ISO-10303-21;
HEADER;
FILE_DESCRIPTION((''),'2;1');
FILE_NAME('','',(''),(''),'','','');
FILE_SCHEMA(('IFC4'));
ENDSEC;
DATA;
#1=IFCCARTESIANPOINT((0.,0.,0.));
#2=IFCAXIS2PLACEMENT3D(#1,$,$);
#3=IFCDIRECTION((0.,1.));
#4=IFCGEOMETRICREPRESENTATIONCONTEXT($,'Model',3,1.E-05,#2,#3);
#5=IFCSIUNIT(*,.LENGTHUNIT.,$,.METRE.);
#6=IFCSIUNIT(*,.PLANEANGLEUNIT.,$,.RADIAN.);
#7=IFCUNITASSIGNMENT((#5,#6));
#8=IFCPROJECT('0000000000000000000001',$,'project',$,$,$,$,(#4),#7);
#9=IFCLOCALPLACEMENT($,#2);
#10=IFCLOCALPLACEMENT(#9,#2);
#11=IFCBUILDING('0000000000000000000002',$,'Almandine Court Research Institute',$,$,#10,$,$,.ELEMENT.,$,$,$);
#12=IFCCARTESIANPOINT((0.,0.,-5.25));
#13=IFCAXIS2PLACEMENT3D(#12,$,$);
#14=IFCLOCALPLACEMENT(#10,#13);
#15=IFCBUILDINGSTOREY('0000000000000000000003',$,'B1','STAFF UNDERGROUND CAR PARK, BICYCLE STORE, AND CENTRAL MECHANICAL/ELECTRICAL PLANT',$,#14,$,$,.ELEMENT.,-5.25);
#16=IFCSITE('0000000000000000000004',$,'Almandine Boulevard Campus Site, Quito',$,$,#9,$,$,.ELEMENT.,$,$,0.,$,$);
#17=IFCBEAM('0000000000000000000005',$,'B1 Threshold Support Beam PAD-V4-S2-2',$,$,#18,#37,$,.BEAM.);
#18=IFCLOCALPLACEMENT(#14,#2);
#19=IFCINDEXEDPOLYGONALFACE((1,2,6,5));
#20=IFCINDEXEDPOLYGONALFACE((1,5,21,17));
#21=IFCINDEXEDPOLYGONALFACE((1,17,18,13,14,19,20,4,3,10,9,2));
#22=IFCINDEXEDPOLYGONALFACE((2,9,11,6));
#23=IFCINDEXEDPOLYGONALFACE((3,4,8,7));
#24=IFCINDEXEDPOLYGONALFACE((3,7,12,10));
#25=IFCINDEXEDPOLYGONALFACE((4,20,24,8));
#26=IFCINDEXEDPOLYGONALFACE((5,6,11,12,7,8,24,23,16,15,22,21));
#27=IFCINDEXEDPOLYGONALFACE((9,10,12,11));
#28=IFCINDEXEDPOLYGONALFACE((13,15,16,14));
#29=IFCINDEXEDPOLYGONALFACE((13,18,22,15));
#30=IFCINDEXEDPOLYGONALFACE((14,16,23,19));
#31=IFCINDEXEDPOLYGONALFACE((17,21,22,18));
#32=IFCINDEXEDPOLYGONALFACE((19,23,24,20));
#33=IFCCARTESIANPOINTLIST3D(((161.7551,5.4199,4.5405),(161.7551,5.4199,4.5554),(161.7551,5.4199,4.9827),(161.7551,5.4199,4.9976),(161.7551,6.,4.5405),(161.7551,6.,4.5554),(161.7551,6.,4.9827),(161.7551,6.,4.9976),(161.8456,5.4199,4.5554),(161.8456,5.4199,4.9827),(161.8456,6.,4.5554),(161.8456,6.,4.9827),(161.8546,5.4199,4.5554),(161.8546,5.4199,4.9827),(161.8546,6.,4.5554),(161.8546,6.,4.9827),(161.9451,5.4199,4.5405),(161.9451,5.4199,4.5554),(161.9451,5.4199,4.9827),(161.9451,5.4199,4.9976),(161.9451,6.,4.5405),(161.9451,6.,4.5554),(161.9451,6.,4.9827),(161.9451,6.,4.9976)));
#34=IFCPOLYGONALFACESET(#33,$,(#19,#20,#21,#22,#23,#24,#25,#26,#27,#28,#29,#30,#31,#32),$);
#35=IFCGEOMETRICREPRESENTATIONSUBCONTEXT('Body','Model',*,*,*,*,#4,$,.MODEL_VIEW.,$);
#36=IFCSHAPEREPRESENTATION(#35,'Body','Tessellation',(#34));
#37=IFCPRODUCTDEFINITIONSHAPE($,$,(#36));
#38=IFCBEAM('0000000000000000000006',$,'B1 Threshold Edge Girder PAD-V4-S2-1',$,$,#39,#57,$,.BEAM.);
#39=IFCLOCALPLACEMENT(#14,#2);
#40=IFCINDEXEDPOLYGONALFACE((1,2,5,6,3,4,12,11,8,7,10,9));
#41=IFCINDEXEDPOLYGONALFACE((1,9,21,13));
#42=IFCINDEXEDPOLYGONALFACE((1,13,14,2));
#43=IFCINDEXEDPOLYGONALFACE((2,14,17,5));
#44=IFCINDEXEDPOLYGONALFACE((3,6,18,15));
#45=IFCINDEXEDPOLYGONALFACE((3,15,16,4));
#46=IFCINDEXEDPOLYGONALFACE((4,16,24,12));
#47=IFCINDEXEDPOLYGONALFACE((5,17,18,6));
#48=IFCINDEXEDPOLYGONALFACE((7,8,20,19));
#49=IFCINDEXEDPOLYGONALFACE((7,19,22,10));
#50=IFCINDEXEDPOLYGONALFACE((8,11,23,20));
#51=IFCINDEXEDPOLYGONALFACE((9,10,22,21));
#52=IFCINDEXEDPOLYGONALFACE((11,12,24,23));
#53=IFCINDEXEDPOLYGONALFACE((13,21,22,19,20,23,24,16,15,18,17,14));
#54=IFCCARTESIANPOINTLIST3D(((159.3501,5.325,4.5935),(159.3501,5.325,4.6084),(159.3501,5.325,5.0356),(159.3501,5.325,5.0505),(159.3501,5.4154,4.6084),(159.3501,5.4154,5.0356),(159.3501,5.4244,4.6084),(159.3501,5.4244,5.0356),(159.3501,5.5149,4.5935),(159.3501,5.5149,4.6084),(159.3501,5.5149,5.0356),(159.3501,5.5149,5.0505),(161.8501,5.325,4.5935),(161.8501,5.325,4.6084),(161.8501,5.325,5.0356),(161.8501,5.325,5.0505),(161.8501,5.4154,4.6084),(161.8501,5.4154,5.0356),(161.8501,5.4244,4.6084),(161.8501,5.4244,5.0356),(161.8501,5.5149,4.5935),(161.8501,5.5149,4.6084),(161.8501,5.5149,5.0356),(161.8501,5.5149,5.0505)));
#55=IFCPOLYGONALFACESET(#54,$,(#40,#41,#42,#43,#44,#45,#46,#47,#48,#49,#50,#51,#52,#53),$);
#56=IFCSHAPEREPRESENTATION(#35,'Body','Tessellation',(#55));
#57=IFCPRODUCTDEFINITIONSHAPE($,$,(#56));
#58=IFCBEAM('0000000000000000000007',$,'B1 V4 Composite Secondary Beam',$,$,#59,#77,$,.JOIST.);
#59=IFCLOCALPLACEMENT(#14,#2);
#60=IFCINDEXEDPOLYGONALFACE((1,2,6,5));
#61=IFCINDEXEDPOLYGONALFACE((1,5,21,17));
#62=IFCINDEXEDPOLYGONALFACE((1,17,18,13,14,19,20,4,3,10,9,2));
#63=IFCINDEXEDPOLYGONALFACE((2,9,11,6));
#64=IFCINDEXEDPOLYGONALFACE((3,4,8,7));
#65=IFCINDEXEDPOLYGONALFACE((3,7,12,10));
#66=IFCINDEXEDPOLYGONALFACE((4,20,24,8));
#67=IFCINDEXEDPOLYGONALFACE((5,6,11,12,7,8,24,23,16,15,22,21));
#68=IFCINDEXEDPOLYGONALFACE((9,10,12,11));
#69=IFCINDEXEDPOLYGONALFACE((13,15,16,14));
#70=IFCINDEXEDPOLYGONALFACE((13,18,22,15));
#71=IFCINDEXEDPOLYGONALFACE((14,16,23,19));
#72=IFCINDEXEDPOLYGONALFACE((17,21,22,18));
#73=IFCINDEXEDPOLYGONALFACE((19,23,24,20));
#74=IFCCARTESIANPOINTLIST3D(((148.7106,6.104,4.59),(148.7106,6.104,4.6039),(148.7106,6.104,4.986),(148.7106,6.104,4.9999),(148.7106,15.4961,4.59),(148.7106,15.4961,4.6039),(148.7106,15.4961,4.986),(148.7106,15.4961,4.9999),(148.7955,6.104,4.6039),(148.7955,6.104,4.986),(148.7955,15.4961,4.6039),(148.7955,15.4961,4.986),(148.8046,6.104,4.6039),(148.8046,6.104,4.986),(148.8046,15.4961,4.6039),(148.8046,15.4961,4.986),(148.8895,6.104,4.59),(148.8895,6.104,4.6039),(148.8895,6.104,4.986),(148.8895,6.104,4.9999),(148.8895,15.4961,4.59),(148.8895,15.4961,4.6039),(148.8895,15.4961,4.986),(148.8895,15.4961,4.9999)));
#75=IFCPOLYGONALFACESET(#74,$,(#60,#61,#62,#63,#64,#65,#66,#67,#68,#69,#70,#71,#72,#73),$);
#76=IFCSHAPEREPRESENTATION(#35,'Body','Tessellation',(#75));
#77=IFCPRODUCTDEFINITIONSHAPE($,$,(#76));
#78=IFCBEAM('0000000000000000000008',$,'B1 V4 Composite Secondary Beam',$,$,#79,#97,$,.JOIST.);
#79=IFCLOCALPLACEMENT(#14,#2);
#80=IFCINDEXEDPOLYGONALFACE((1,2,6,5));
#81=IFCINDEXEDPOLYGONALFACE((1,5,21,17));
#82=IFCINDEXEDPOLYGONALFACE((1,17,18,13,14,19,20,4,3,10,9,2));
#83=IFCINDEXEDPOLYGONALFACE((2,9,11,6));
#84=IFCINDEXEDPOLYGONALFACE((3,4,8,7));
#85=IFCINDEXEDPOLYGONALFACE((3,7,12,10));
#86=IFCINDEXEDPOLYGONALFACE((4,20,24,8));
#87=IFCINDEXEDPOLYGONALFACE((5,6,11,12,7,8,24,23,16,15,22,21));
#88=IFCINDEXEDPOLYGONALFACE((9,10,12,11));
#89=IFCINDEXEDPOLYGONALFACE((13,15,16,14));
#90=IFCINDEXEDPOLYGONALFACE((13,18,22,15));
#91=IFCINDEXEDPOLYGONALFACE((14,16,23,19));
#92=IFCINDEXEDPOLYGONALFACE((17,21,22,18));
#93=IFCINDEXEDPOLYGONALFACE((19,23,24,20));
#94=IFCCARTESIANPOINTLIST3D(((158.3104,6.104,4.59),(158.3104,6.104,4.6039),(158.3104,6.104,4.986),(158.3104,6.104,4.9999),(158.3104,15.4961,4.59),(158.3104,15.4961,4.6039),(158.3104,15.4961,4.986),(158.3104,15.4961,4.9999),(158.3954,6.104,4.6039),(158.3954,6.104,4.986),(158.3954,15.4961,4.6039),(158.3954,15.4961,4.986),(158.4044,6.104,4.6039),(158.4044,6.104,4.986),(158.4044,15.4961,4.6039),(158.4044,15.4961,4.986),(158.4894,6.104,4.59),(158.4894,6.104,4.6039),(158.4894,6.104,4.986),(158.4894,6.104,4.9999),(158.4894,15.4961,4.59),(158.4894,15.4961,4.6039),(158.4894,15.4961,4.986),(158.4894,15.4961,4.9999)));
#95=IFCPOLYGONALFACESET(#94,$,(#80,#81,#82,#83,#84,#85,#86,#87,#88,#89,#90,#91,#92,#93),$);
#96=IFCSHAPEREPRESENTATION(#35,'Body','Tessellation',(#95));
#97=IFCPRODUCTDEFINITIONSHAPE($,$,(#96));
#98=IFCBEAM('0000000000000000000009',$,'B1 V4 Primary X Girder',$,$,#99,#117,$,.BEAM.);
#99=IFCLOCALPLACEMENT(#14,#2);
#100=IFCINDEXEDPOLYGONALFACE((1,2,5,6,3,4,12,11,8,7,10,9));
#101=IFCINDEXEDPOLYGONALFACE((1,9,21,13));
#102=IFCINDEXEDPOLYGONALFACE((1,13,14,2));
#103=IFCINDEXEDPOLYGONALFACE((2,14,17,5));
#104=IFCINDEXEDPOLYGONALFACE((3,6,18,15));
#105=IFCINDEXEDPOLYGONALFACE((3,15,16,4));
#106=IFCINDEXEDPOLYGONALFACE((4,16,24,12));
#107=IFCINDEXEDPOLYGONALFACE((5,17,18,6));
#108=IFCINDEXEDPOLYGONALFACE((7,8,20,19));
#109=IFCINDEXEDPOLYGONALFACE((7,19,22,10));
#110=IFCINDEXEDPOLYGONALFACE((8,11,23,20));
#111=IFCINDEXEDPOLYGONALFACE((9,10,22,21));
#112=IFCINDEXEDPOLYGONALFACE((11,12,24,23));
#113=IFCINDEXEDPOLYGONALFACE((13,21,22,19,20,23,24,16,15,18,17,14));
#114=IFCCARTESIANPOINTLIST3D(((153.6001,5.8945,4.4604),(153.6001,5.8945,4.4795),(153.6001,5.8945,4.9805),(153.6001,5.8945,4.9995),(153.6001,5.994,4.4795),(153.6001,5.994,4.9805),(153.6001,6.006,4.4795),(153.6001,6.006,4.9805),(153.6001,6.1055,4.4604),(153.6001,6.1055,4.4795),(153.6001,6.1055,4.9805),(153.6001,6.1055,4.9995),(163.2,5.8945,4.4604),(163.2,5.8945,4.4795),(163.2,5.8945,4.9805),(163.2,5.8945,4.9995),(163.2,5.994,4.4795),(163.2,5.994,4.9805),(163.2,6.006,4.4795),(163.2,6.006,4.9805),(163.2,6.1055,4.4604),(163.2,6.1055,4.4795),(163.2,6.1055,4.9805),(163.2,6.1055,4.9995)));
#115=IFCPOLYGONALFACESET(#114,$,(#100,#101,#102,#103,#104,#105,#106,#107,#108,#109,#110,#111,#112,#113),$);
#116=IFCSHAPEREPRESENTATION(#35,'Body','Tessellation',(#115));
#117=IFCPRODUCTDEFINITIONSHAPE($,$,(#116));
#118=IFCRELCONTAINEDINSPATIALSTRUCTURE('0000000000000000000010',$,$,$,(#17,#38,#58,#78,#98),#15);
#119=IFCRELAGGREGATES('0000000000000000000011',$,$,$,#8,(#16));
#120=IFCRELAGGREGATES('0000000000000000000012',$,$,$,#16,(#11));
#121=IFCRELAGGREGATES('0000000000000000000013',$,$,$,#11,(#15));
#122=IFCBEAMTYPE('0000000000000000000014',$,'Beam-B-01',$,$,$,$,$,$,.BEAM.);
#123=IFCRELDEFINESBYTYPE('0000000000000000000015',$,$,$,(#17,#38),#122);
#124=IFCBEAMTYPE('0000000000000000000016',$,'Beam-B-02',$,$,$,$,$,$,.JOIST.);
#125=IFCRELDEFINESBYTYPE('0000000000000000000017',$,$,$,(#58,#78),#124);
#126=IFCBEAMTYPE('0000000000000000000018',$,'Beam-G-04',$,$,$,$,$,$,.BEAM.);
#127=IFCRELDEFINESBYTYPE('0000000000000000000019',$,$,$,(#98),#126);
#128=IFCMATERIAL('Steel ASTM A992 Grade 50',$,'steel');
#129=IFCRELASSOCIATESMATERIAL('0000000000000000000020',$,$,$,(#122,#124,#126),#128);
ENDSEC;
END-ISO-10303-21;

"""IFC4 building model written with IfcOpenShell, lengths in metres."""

from ifc_helpers import new_model, si_unit, direction, frame, origin, origin_2d, place, context, subcontext, project, spatial, i_section, extrude, material, material_profile, profile_set, type_object, element, save


model = new_model("IFC4")

# Units and contexts
model_context = context("Model", 3, precision=1e-05, world=origin(), true_north=direction((0.0, 1.0)))
body_context = subcontext(model_context, "Body", "Model", "MODEL_VIEW")
ifc_project = project(units=[si_unit("LENGTHUNIT", "METRE"), si_unit("PLANEANGLEUNIT", "RADIAN")], contexts=[model_context])

# Site, building, storey
site_placement = place(None, origin())
site = spatial("IfcSite", under=ifc_project, at=site_placement, Name="Almandine Boulevard Campus Site, Quito", CompositionType="ELEMENT", RefElevation=0.0)
building_placement = place(site_placement, origin())
building = spatial("IfcBuilding", under=site, at=building_placement, Name="Almandine Court Research Institute", CompositionType="ELEMENT")
storey_placement = place(building_placement, frame((0.0, 0.0, -5.25)))
storey = spatial("IfcBuildingStorey", under=building, at=storey_placement, Name="B1", Description="STAFF UNDERGROUND CAR PARK, BICYCLE STORE, AND CENTRAL MECHANICAL/ELECTRICAL PLANT", CompositionType="ELEMENT", Elevation=-5.25)

# Shared definitions
ifc_material_1 = material(Name="Steel ASTM A992 Grade 50", Category="steel")

# Beams
ifc_material_profile_1 = material_profile(ifc_material_1, i_section(OverallWidth=0.1899, OverallDepth=0.457, WebThickness=0.009, FlangeThickness=0.0149, at=origin_2d()), Name="W460x74")
ifc_profile_set_1 = profile_set([ifc_material_profile_1], Name="Steel ASTM A992 Grade 50")
beam_type_1 = type_object("IfcBeamType", Name="Beam-B-01", PredefinedType="BEAM", material=ifc_profile_set_1)
for number, where, z_axis, x_axis, name in (
    (1, (161.8501, 5.4199, 4.769), (0.0, 1.0, 0.0), (-1.0, 0.0, 0.0), "B1 Threshold Support Beam PAD-V4-S2-2"),
):
    element("IfcBeam", number, at=place(storey_placement, frame(where, z_axis=z_axis, x_axis=x_axis)), inside=storey, type_object=beam_type_1, Name=name, PredefinedType="BEAM", context=body_context, shape_type="SweptSolid", body=[
        extrude(i_section(OverallWidth=0.1899, OverallDepth=0.457, WebThickness=0.009, FlangeThickness=0.0149, at=origin_2d()), origin(), (0.0, 0.0, 1.0), 0.5801),
    ])
beam_1_placement = place(storey_placement, frame((159.3501, 5.4199, 4.822), z_axis=(1.0, 0.0, 0.0), x_axis=(0.0, 1.0, 0.0)))
element("IfcBeam", 2, at=beam_1_placement, inside=storey, type_object=beam_type_1, Name="B1 Threshold Edge Girder PAD-V4-S2-1", PredefinedType="BEAM", context=body_context, shape_type="SweptSolid", body=[
    extrude(i_section(OverallWidth=0.1899, OverallDepth=0.457, WebThickness=0.009, FlangeThickness=0.0149, at=origin_2d()), origin(), (0.0, 0.0, 1.0), 2.5),
])
ifc_material_profile_2 = material_profile(ifc_material_1, i_section(OverallWidth=0.179, OverallDepth=0.4099, WebThickness=0.009, FlangeThickness=0.0139, at=origin_2d()), Name="W410x67")
ifc_profile_set_2 = profile_set([ifc_material_profile_2], Name="Steel ASTM A992 Grade 50")
beam_type_2 = type_object("IfcBeamType", Name="Beam-B-02", PredefinedType="JOIST", material=ifc_profile_set_2)
for number, where, z_axis, x_axis, name in (
    (3, (148.8, 6.104, 4.7949), (0.0, 1.0, 0.0), (-1.0, 0.0, 0.0), "B1 V4 Composite Secondary Beam"),
    (4, (158.3999, 6.104, 4.7949), (0.0, 1.0, 0.0), (-1.0, 0.0, 0.0), "B1 V4 Composite Secondary Beam"),
):
    element("IfcBeam", number, at=place(storey_placement, frame(where, z_axis=z_axis, x_axis=x_axis)), inside=storey, type_object=beam_type_2, Name=name, PredefinedType="JOIST", context=body_context, shape_type="SweptSolid", body=[
        extrude(i_section(OverallWidth=0.179, OverallDepth=0.4099, WebThickness=0.009, FlangeThickness=0.0139, at=origin_2d()), origin(), (0.0, 0.0, 1.0), 9.3921),
    ])
ifc_material_profile_3 = material_profile(ifc_material_1, i_section(OverallWidth=0.2109, OverallDepth=0.5391, WebThickness=0.012, FlangeThickness=0.019, at=origin_2d()), Name="W530x109")
ifc_profile_set_3 = profile_set([ifc_material_profile_3], Name="Steel ASTM A992 Grade 50")
beam_type_3 = type_object("IfcBeamType", Name="Beam-G-04", PredefinedType="BEAM", material=ifc_profile_set_3)
beam_2_placement = place(storey_placement, frame((153.6001, 6.0, 4.73), z_axis=(1.0, 0.0, 0.0), x_axis=(0.0, 1.0, 0.0)))
element("IfcBeam", 5, at=beam_2_placement, inside=storey, type_object=beam_type_3, Name="B1 V4 Primary X Girder", PredefinedType="BEAM", context=body_context, shape_type="SweptSolid", body=[
    extrude(i_section(OverallWidth=0.2109, OverallDepth=0.5391, WebThickness=0.012, FlangeThickness=0.019, at=origin_2d()), origin(), (0.0, 0.0, 1.0), 9.5999),
])

save(model, "model.ifc")
